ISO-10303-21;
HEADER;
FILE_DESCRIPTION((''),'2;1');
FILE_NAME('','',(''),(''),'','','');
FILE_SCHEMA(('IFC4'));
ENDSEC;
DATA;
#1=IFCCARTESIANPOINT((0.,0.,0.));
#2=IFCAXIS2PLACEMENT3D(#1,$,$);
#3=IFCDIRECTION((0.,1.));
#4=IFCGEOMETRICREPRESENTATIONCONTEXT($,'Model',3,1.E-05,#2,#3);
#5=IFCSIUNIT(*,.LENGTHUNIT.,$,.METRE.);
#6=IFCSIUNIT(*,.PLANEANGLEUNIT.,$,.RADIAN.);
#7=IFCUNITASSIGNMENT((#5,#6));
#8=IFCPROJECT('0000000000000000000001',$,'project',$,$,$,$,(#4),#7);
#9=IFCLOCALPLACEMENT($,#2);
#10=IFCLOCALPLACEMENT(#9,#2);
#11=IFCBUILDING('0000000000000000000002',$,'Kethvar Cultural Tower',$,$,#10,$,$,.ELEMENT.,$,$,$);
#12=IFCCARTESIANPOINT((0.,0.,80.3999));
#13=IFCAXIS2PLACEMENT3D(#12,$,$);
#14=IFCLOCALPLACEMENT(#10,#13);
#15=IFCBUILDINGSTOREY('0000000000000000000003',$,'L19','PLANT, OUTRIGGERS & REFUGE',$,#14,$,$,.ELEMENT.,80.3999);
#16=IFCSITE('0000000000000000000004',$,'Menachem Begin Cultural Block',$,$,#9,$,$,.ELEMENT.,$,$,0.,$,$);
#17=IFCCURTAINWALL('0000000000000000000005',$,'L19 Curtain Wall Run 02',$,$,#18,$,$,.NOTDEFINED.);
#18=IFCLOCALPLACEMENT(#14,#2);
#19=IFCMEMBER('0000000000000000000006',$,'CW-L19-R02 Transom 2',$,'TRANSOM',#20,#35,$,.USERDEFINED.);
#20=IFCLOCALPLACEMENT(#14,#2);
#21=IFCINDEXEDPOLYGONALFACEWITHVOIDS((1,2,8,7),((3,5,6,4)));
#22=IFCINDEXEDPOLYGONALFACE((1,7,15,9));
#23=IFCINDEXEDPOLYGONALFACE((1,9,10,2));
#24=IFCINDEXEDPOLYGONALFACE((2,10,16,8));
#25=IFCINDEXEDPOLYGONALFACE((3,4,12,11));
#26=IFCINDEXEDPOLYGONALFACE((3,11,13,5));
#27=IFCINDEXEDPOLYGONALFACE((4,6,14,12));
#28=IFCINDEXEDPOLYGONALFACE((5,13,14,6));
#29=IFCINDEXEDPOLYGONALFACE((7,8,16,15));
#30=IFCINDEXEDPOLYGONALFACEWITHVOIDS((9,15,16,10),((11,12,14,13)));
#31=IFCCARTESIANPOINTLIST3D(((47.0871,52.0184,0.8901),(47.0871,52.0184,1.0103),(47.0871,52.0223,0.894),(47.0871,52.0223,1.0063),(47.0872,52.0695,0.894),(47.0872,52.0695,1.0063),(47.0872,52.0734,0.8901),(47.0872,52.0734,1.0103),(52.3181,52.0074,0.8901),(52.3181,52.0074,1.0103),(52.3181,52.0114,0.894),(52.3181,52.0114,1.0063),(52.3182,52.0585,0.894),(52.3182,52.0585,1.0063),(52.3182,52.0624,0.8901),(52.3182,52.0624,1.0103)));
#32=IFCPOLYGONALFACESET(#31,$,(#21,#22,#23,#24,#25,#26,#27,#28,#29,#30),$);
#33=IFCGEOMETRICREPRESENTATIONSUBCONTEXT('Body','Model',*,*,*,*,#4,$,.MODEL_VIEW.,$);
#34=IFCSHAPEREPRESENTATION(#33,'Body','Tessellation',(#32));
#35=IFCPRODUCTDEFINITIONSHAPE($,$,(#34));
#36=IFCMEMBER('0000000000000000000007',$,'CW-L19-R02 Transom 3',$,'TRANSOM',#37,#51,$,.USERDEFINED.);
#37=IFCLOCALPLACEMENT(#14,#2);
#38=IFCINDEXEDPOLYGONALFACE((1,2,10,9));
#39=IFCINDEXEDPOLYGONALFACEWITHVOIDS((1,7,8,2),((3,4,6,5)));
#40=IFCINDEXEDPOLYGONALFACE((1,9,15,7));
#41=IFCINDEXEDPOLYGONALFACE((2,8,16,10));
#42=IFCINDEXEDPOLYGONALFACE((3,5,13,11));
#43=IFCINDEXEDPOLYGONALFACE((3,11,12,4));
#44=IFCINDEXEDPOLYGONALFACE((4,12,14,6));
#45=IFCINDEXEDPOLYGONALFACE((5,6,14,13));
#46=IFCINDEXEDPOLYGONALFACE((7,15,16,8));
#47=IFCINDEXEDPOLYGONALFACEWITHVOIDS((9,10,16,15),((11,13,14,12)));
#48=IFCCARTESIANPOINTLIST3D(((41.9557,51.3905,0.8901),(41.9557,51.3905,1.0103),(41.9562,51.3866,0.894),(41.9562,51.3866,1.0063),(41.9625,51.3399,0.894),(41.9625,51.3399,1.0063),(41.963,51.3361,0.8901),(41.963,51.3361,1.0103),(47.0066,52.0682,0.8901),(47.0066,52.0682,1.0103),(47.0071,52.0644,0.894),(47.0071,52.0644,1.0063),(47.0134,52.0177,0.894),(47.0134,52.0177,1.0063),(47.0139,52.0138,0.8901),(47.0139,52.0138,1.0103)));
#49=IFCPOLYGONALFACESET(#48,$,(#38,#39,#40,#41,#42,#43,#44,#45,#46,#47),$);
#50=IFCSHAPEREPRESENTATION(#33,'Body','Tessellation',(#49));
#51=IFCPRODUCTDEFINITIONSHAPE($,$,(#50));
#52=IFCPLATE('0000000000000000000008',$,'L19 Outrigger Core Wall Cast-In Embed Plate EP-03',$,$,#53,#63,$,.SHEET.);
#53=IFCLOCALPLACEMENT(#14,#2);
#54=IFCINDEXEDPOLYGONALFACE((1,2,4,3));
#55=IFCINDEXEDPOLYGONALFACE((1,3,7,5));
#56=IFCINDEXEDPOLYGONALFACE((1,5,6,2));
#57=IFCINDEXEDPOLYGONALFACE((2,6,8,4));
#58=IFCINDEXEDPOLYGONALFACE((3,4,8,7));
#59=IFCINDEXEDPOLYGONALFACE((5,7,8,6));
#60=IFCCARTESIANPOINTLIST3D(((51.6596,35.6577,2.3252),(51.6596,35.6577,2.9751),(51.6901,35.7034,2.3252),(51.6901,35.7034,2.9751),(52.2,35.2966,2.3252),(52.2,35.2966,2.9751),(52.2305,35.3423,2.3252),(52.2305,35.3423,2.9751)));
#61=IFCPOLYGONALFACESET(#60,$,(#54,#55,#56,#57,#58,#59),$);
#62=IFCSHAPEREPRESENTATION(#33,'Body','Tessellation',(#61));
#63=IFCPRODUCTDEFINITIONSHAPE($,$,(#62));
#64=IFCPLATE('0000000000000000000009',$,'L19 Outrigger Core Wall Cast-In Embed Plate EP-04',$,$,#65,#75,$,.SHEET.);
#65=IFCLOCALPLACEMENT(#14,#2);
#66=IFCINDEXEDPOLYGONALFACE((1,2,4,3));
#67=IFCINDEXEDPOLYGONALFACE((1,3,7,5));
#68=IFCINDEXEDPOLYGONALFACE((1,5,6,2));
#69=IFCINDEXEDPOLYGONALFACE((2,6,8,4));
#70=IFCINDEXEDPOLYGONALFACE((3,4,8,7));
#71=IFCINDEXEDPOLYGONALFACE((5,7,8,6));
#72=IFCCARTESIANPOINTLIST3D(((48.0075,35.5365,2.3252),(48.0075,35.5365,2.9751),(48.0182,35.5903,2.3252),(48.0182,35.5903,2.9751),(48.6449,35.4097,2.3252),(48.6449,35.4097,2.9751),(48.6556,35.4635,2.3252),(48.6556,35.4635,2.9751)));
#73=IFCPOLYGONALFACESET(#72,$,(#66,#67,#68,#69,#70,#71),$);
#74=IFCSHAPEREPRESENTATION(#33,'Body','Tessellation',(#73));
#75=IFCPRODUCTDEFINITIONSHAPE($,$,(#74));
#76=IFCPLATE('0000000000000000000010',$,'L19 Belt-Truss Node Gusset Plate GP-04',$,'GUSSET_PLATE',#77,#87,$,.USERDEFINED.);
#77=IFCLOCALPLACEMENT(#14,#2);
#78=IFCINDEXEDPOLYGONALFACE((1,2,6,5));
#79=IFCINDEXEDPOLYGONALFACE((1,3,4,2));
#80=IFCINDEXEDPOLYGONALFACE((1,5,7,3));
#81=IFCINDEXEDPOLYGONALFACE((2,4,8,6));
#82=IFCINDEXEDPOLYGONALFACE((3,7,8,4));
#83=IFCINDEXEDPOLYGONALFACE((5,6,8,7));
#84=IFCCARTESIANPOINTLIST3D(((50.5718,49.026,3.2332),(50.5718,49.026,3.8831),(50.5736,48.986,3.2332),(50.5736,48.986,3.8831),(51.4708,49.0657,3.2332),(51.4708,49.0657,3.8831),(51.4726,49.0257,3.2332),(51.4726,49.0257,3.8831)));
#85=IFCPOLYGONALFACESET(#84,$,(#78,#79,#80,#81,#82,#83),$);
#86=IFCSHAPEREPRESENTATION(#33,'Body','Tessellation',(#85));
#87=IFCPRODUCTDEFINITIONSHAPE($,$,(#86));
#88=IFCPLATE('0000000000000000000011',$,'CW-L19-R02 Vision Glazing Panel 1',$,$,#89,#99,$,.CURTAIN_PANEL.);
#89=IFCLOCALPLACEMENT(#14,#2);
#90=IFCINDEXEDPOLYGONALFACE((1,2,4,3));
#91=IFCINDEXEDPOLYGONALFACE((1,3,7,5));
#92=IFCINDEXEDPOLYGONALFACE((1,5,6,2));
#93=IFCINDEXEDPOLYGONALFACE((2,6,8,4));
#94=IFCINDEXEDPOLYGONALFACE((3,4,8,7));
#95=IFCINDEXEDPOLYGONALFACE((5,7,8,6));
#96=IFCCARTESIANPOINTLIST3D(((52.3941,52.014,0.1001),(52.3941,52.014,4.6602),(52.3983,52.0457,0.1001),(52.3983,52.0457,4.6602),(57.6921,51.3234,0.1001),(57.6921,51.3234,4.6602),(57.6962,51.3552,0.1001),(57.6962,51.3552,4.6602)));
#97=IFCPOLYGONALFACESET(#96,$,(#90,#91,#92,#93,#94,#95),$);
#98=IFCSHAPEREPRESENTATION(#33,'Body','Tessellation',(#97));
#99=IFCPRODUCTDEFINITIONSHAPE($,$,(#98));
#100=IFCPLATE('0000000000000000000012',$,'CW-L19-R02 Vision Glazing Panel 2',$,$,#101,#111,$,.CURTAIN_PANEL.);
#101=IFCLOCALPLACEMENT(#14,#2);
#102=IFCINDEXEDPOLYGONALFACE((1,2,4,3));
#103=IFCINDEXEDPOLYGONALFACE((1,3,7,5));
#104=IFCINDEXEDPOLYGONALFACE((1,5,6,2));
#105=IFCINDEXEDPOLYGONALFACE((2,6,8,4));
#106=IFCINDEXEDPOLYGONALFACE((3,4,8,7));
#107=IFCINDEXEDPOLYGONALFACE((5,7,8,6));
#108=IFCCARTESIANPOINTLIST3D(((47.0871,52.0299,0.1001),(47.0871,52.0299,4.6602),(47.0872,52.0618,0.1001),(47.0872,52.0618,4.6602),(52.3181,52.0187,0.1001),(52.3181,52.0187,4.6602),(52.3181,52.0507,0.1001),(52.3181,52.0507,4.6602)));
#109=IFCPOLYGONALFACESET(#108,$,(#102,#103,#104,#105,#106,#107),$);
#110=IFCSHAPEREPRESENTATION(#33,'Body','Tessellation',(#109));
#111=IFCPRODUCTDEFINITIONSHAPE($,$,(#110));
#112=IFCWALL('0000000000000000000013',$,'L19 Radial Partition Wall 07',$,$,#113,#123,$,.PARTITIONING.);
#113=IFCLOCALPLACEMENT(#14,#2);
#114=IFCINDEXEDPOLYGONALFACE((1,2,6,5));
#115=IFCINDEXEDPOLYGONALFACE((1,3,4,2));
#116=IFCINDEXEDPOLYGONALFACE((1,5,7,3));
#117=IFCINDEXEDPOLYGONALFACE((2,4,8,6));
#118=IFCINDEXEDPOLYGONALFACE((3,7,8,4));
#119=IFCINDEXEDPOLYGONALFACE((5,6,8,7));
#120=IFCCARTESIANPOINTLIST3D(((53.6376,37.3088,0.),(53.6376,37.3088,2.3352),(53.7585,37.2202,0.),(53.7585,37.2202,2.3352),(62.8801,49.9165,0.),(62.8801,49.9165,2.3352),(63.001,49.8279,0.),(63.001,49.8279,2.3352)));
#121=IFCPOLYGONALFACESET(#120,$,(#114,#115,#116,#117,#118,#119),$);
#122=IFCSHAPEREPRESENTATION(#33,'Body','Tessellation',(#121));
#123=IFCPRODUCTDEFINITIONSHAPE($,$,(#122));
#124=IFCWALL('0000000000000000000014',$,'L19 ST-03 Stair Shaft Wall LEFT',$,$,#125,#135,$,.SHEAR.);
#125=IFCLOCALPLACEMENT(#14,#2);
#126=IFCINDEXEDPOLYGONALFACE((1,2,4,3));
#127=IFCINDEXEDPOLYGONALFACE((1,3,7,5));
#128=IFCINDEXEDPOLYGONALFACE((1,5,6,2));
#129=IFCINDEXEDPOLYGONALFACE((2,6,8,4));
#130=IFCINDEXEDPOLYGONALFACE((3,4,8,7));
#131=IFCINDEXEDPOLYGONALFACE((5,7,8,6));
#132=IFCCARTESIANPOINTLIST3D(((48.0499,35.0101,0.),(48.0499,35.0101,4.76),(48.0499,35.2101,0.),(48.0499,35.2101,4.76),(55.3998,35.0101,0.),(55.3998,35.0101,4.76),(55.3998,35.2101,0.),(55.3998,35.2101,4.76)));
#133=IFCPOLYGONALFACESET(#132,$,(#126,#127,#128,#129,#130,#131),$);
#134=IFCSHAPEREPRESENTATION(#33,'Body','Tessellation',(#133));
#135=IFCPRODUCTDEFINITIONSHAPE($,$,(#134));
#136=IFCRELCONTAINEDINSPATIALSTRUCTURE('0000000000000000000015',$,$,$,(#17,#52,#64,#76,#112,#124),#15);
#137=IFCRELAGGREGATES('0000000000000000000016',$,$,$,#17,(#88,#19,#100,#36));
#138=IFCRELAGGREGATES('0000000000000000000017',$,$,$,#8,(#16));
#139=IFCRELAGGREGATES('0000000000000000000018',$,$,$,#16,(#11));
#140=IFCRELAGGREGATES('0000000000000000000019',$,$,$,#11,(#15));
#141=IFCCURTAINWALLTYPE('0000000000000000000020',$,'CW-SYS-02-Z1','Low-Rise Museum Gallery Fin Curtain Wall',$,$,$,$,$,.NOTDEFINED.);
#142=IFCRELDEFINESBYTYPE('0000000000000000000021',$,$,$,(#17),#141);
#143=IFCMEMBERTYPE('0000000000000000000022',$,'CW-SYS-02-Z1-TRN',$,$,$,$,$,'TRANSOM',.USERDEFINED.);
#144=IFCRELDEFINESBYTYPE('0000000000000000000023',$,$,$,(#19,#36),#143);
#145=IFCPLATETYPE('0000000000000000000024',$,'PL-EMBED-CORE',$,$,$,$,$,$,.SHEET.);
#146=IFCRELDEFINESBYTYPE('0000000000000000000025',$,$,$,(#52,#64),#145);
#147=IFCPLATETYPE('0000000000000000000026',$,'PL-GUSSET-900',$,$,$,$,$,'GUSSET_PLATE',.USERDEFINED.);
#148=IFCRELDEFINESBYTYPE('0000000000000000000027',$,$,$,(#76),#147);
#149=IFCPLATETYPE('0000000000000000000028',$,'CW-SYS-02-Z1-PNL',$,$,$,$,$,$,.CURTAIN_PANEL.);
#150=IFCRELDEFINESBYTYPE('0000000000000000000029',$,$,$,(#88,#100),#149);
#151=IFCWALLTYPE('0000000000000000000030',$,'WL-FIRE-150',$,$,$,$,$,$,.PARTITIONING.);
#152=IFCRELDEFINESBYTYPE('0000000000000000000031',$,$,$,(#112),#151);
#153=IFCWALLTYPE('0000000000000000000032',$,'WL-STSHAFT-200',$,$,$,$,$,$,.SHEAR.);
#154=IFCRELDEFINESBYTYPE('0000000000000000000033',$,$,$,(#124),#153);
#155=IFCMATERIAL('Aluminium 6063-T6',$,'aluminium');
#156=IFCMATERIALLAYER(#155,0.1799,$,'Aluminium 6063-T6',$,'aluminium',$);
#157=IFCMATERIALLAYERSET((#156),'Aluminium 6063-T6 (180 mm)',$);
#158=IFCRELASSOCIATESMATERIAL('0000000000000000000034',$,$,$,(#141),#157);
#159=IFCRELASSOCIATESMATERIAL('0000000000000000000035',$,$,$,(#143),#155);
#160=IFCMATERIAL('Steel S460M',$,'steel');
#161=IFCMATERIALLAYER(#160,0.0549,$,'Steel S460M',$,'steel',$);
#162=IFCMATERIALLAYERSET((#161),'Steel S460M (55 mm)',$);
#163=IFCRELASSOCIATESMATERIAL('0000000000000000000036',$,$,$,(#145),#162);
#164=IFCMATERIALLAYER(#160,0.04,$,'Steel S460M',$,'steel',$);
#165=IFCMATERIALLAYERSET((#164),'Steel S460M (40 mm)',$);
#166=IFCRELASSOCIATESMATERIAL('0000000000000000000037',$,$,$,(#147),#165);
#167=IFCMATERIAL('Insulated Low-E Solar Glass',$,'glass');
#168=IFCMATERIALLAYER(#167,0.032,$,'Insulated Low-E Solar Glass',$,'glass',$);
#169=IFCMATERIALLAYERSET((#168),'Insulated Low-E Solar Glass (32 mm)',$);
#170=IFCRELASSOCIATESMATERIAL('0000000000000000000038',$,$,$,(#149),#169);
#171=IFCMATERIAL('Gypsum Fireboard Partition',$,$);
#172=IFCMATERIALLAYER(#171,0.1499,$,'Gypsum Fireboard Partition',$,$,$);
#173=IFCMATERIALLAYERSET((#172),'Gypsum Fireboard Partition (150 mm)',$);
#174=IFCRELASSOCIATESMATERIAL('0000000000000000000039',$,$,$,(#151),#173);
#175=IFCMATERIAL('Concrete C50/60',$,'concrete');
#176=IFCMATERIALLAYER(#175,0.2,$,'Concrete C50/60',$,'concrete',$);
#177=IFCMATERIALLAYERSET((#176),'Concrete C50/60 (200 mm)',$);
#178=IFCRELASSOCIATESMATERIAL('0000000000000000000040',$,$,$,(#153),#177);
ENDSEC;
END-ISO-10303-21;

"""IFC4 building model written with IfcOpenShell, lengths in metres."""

from ifc_helpers import new_model, si_unit, direction, frame, frame_2d, origin, origin_2d, place, context, subcontext, project, spatial, rectangle, hollow_rectangle, extrude, source, transform, mapped, material, layer, layer_set, material_profile, profile_set, type_object, element, aggregate, save


model = new_model("IFC4")

# Units and contexts
model_context = context("Model", 3, precision=1e-05, world=origin(), true_north=direction((0.0, 1.0)))
body_context = subcontext(model_context, "Body", "Model", "MODEL_VIEW")
ifc_project = project(units=[si_unit("LENGTHUNIT", "METRE"), si_unit("PLANEANGLEUNIT", "RADIAN")], contexts=[model_context])

# Site, building, storey
site_placement = place(None, origin())
site = spatial("IfcSite", under=ifc_project, at=site_placement, Name="Menachem Begin Cultural Block", CompositionType="ELEMENT", RefElevation=0.0)
building_placement = place(site_placement, origin())
building = spatial("IfcBuilding", under=site, at=building_placement, Name="Kethvar Cultural Tower", CompositionType="ELEMENT")
storey_placement = place(building_placement, frame((0.0, 0.0, 80.3999)))
storey = spatial("IfcBuildingStorey", under=building, at=storey_placement, Name="L19", Description="PLANT, OUTRIGGERS & REFUGE", CompositionType="ELEMENT", Elevation=80.3999)

# Shared definitions
ifc_material_1 = material(Name="Steel S460M", Category="steel")

# Curtain wall, members
ifc_material_2 = material(Name="Aluminium 6063-T6", Category="aluminium")
ifc_layer_1 = layer(ifc_material_2, 0.1799, Name="Aluminium 6063-T6", Category="aluminium")
ifc_layer_set_1 = layer_set([ifc_layer_1], Name="Aluminium 6063-T6 (180 mm)")
curtain_wall_type = type_object("IfcCurtainWallType", Name="CW-SYS-02-Z1", Description="Low-Rise Museum Gallery Fin Curtain Wall", PredefinedType="NOTDEFINED", material=ifc_layer_set_1)
curtain_wall_placement = place(storey_placement, origin())
curtain_wall = element("IfcCurtainWall", 1, at=curtain_wall_placement, inside=storey, type_object=curtain_wall_type, Name="L19 Curtain Wall Run 02", PredefinedType="NOTDEFINED")
ifc_material_profile_1 = material_profile(ifc_material_2, hollow_rectangle(XDim=0.0549, YDim=0.1201, WallThickness=0.0039, at=origin_2d()), Name="Aluminium 6063-T6 — RHS120x55x4")
ifc_profile_set_1 = profile_set([ifc_material_profile_1], Name="Aluminium 6063-T6 — RHS120x55x4")
member_type_1 = type_object("IfcMemberType", Name="CW-SYS-02-Z1-TRN", ElementType="TRANSOM", PredefinedType="USERDEFINED", material=ifc_profile_set_1)
shared_shape_1 = source(origin(), body_context, "Body", "SweptSolid", [
    extrude(hollow_rectangle(XDim=0.0549, YDim=0.1201, WallThickness=0.0039, at=origin_2d()), origin(), (0.0, 0.0, 1.0), 5.231),
])
member_1_placement = place(storey_placement, frame((52.3181, 52.0349, 0.9502), z_axis=(-0.999998, 0.0021, 0.0), x_axis=(-0.0021, -0.999998, 0.0)))
member_1 = element("IfcMember", 2, at=member_1_placement, type_object=member_type_1, Name="CW-L19-R02 Transom 2", ObjectType="TRANSOM", PredefinedType="USERDEFINED", context=body_context, shape_type="MappedRepresentation", body=[
    mapped(shared_shape_1, transform((0.0, 0.0, 0.0), scale=1.0)),
])
shared_shape_2 = source(origin(), body_context, "Body", "SweptSolid", [
    extrude(hollow_rectangle(XDim=0.0549, YDim=0.1201, WallThickness=0.0039, at=origin_2d()), origin(), (0.0, 0.0, 1.0), 5.0962),
])
member_2_placement = place(storey_placement, frame((47.0103, 52.041, 0.9502), z_axis=(-0.991118, -0.132986, 0.0), x_axis=(0.132986, -0.991118, 0.0)))
member_2 = element("IfcMember", 3, at=member_2_placement, type_object=member_type_1, Name="CW-L19-R02 Transom 3", ObjectType="TRANSOM", PredefinedType="USERDEFINED", context=body_context, shape_type="MappedRepresentation", body=[
    mapped(shared_shape_2, transform((0.0, 0.0, 0.0), scale=1.0)),
])

# Plates
ifc_layer_2 = layer(ifc_material_1, 0.0549, Name="Steel S460M", Category="steel")
ifc_layer_set_2 = layer_set([ifc_layer_2], Name="Steel S460M (55 mm)")
plate_type_1 = type_object("IfcPlateType", Name="PL-EMBED-CORE", PredefinedType="SHEET", material=ifc_layer_set_2)
shared_shape_3 = source(origin(), body_context, "Body", "SweptSolid", [
    extrude(rectangle(XDim=0.0549, YDim=0.6499, at=origin_2d()), origin(), (0.0, 0.0, 1.0), 0.6499),
])
for number, where, z_axis, x_axis, name in (
    (4, (51.9451, 35.5, 2.3252), (0.0, 0.0, 1.0), (0.55557, 0.83147, 0.0), "L19 Outrigger Core Wall Cast-In Embed Plate EP-03"),
    (5, (48.3315, 35.5, 2.3252), (0.0, 0.0, 1.0), (0.19509, 0.980785, 0.0), "L19 Outrigger Core Wall Cast-In Embed Plate EP-04"),
):
    element("IfcPlate", number, at=place(storey_placement, frame(where, z_axis=z_axis, x_axis=x_axis)), inside=storey, type_object=plate_type_1, Name=name, PredefinedType="SHEET", context=body_context, shape_type="MappedRepresentation", body=[
        mapped(shared_shape_3, transform((0.0, 0.0, 0.0), scale=1.0)),
    ])
ifc_layer_3 = layer(ifc_material_1, 0.04, Name="Steel S460M", Category="steel")
ifc_layer_set_3 = layer_set([ifc_layer_3], Name="Steel S460M (40 mm)")
plate_type_2 = type_object("IfcPlateType", Name="PL-GUSSET-900", ElementType="GUSSET_PLATE", PredefinedType="USERDEFINED", material=ifc_layer_set_3)
shared_shape_4 = source(origin(), body_context, "Body", "SweptSolid", [
    extrude(rectangle(XDim=0.8999, YDim=0.04, at=origin_2d()), origin(), (0.0, 0.0, 1.0), 0.6499),
])
plate_1_placement = place(storey_placement, frame((51.0222, 49.0259, 3.2332), z_axis=(0.0, 0.0, 1.0), x_axis=(-0.999025, -0.044159, 0.0)))
element("IfcPlate", 6, at=plate_1_placement, inside=storey, type_object=plate_type_2, Name="L19 Belt-Truss Node Gusset Plate GP-04", ObjectType="GUSSET_PLATE", PredefinedType="USERDEFINED", context=body_context, shape_type="MappedRepresentation", body=[
    mapped(shared_shape_4, transform((0.0, 0.0, 0.0), scale=1.0)),
])

# Plates
ifc_material_3 = material(Name="Insulated Low-E Solar Glass", Category="glass")
ifc_layer_4 = layer(ifc_material_3, 0.032, Name="Insulated Low-E Solar Glass", Category="glass")
ifc_layer_set_4 = layer_set([ifc_layer_4], Name="Insulated Low-E Solar Glass (32 mm)")
plate_type_3 = type_object("IfcPlateType", Name="CW-SYS-02-Z1-PNL", PredefinedType="CURTAIN_PANEL", material=ifc_layer_set_4)
shared_shape_5 = source(origin(), body_context, "Body", "SweptSolid", [
    extrude(rectangle(XDim=5.3428, YDim=0.032, at=origin_2d()), origin(), (0.0, 0.0, 1.0), 4.5601),
])
plate_2_placement = place(storey_placement, frame((55.0452, 51.6846, 0.1001), z_axis=(0.0, 0.0, 1.0), x_axis=(-0.991613, 0.129246, 0.0)))
plate_2 = element("IfcPlate", 7, at=plate_2_placement, type_object=plate_type_3, Name="CW-L19-R02 Vision Glazing Panel 1", PredefinedType="CURTAIN_PANEL", context=body_context, shape_type="MappedRepresentation", body=[
    mapped(shared_shape_5, transform((0.0, 0.0, 0.0), scale=1.0)),
])
shared_shape_6 = source(origin(), body_context, "Body", "SweptSolid", [
    extrude(rectangle(XDim=5.231, YDim=0.032, at=origin_2d()), origin(), (0.0, 0.0, 1.0), 4.5601),
])
plate_3_placement = place(storey_placement, frame((49.7026, 52.0403, 0.1001), z_axis=(0.0, 0.0, 1.0), x_axis=(-0.999998, 0.002129, 0.0)))
plate_3 = element("IfcPlate", 8, at=plate_3_placement, type_object=plate_type_3, Name="CW-L19-R02 Vision Glazing Panel 2", PredefinedType="CURTAIN_PANEL", context=body_context, shape_type="MappedRepresentation", body=[
    mapped(shared_shape_6, transform((0.0, 0.0, 0.0), scale=1.0)),
])
aggregate(curtain_wall, [plate_2, member_1, plate_3, member_2])

# Walls
ifc_material_4 = material(Name="Gypsum Fireboard Partition")
ifc_layer_5 = layer(ifc_material_4, 0.1499, Name="Gypsum Fireboard Partition")
ifc_layer_set_5 = layer_set([ifc_layer_5], Name="Gypsum Fireboard Partition (150 mm)")
wall_type_1 = type_object("IfcWallType", Name="WL-FIRE-150", PredefinedType="PARTITIONING", material=ifc_layer_set_5)
wall_1_placement = place(storey_placement, frame((53.698, 37.2644, 0.0), z_axis=(0.0, 0.0, 1.0), x_axis=(0.591231, 0.806502, 0.0)))
element("IfcWall", 9, at=wall_1_placement, inside=storey, type_object=wall_type_1, Name="L19 Radial Partition Wall 07", PredefinedType="PARTITIONING", context=body_context, shape_type="SweptSolid", body=[
    extrude(rectangle(XDim=15.6326, YDim=0.1499, at=frame_2d((7.8164, 0.0))), origin(), (0.0, 0.0, 1.0), 2.3352),
])
ifc_material_5 = material(Name="Concrete C50/60", Category="concrete")
ifc_layer_6 = layer(ifc_material_5, 0.2, Name="Concrete C50/60", Category="concrete")
ifc_layer_set_6 = layer_set([ifc_layer_6], Name="Concrete C50/60 (200 mm)")
wall_type_2 = type_object("IfcWallType", Name="WL-STSHAFT-200", PredefinedType="SHEAR", material=ifc_layer_set_6)
wall_2_placement = place(storey_placement, frame((48.05, 35.1101, 0.0), z_axis=(0.0, 0.0, 1.0), x_axis=(1.0, 0.0, 0.0)))
element("IfcWall", 10, at=wall_2_placement, inside=storey, type_object=wall_type_2, Name="L19 ST-03 Stair Shaft Wall LEFT", PredefinedType="SHEAR", context=body_context, shape_type="SweptSolid", body=[
    extrude(rectangle(XDim=7.3499, YDim=0.2, at=frame_2d((3.6748, 0.0))), origin(), (0.0, 0.0, 1.0), 4.76),
])

save(model, "model.ifc")
